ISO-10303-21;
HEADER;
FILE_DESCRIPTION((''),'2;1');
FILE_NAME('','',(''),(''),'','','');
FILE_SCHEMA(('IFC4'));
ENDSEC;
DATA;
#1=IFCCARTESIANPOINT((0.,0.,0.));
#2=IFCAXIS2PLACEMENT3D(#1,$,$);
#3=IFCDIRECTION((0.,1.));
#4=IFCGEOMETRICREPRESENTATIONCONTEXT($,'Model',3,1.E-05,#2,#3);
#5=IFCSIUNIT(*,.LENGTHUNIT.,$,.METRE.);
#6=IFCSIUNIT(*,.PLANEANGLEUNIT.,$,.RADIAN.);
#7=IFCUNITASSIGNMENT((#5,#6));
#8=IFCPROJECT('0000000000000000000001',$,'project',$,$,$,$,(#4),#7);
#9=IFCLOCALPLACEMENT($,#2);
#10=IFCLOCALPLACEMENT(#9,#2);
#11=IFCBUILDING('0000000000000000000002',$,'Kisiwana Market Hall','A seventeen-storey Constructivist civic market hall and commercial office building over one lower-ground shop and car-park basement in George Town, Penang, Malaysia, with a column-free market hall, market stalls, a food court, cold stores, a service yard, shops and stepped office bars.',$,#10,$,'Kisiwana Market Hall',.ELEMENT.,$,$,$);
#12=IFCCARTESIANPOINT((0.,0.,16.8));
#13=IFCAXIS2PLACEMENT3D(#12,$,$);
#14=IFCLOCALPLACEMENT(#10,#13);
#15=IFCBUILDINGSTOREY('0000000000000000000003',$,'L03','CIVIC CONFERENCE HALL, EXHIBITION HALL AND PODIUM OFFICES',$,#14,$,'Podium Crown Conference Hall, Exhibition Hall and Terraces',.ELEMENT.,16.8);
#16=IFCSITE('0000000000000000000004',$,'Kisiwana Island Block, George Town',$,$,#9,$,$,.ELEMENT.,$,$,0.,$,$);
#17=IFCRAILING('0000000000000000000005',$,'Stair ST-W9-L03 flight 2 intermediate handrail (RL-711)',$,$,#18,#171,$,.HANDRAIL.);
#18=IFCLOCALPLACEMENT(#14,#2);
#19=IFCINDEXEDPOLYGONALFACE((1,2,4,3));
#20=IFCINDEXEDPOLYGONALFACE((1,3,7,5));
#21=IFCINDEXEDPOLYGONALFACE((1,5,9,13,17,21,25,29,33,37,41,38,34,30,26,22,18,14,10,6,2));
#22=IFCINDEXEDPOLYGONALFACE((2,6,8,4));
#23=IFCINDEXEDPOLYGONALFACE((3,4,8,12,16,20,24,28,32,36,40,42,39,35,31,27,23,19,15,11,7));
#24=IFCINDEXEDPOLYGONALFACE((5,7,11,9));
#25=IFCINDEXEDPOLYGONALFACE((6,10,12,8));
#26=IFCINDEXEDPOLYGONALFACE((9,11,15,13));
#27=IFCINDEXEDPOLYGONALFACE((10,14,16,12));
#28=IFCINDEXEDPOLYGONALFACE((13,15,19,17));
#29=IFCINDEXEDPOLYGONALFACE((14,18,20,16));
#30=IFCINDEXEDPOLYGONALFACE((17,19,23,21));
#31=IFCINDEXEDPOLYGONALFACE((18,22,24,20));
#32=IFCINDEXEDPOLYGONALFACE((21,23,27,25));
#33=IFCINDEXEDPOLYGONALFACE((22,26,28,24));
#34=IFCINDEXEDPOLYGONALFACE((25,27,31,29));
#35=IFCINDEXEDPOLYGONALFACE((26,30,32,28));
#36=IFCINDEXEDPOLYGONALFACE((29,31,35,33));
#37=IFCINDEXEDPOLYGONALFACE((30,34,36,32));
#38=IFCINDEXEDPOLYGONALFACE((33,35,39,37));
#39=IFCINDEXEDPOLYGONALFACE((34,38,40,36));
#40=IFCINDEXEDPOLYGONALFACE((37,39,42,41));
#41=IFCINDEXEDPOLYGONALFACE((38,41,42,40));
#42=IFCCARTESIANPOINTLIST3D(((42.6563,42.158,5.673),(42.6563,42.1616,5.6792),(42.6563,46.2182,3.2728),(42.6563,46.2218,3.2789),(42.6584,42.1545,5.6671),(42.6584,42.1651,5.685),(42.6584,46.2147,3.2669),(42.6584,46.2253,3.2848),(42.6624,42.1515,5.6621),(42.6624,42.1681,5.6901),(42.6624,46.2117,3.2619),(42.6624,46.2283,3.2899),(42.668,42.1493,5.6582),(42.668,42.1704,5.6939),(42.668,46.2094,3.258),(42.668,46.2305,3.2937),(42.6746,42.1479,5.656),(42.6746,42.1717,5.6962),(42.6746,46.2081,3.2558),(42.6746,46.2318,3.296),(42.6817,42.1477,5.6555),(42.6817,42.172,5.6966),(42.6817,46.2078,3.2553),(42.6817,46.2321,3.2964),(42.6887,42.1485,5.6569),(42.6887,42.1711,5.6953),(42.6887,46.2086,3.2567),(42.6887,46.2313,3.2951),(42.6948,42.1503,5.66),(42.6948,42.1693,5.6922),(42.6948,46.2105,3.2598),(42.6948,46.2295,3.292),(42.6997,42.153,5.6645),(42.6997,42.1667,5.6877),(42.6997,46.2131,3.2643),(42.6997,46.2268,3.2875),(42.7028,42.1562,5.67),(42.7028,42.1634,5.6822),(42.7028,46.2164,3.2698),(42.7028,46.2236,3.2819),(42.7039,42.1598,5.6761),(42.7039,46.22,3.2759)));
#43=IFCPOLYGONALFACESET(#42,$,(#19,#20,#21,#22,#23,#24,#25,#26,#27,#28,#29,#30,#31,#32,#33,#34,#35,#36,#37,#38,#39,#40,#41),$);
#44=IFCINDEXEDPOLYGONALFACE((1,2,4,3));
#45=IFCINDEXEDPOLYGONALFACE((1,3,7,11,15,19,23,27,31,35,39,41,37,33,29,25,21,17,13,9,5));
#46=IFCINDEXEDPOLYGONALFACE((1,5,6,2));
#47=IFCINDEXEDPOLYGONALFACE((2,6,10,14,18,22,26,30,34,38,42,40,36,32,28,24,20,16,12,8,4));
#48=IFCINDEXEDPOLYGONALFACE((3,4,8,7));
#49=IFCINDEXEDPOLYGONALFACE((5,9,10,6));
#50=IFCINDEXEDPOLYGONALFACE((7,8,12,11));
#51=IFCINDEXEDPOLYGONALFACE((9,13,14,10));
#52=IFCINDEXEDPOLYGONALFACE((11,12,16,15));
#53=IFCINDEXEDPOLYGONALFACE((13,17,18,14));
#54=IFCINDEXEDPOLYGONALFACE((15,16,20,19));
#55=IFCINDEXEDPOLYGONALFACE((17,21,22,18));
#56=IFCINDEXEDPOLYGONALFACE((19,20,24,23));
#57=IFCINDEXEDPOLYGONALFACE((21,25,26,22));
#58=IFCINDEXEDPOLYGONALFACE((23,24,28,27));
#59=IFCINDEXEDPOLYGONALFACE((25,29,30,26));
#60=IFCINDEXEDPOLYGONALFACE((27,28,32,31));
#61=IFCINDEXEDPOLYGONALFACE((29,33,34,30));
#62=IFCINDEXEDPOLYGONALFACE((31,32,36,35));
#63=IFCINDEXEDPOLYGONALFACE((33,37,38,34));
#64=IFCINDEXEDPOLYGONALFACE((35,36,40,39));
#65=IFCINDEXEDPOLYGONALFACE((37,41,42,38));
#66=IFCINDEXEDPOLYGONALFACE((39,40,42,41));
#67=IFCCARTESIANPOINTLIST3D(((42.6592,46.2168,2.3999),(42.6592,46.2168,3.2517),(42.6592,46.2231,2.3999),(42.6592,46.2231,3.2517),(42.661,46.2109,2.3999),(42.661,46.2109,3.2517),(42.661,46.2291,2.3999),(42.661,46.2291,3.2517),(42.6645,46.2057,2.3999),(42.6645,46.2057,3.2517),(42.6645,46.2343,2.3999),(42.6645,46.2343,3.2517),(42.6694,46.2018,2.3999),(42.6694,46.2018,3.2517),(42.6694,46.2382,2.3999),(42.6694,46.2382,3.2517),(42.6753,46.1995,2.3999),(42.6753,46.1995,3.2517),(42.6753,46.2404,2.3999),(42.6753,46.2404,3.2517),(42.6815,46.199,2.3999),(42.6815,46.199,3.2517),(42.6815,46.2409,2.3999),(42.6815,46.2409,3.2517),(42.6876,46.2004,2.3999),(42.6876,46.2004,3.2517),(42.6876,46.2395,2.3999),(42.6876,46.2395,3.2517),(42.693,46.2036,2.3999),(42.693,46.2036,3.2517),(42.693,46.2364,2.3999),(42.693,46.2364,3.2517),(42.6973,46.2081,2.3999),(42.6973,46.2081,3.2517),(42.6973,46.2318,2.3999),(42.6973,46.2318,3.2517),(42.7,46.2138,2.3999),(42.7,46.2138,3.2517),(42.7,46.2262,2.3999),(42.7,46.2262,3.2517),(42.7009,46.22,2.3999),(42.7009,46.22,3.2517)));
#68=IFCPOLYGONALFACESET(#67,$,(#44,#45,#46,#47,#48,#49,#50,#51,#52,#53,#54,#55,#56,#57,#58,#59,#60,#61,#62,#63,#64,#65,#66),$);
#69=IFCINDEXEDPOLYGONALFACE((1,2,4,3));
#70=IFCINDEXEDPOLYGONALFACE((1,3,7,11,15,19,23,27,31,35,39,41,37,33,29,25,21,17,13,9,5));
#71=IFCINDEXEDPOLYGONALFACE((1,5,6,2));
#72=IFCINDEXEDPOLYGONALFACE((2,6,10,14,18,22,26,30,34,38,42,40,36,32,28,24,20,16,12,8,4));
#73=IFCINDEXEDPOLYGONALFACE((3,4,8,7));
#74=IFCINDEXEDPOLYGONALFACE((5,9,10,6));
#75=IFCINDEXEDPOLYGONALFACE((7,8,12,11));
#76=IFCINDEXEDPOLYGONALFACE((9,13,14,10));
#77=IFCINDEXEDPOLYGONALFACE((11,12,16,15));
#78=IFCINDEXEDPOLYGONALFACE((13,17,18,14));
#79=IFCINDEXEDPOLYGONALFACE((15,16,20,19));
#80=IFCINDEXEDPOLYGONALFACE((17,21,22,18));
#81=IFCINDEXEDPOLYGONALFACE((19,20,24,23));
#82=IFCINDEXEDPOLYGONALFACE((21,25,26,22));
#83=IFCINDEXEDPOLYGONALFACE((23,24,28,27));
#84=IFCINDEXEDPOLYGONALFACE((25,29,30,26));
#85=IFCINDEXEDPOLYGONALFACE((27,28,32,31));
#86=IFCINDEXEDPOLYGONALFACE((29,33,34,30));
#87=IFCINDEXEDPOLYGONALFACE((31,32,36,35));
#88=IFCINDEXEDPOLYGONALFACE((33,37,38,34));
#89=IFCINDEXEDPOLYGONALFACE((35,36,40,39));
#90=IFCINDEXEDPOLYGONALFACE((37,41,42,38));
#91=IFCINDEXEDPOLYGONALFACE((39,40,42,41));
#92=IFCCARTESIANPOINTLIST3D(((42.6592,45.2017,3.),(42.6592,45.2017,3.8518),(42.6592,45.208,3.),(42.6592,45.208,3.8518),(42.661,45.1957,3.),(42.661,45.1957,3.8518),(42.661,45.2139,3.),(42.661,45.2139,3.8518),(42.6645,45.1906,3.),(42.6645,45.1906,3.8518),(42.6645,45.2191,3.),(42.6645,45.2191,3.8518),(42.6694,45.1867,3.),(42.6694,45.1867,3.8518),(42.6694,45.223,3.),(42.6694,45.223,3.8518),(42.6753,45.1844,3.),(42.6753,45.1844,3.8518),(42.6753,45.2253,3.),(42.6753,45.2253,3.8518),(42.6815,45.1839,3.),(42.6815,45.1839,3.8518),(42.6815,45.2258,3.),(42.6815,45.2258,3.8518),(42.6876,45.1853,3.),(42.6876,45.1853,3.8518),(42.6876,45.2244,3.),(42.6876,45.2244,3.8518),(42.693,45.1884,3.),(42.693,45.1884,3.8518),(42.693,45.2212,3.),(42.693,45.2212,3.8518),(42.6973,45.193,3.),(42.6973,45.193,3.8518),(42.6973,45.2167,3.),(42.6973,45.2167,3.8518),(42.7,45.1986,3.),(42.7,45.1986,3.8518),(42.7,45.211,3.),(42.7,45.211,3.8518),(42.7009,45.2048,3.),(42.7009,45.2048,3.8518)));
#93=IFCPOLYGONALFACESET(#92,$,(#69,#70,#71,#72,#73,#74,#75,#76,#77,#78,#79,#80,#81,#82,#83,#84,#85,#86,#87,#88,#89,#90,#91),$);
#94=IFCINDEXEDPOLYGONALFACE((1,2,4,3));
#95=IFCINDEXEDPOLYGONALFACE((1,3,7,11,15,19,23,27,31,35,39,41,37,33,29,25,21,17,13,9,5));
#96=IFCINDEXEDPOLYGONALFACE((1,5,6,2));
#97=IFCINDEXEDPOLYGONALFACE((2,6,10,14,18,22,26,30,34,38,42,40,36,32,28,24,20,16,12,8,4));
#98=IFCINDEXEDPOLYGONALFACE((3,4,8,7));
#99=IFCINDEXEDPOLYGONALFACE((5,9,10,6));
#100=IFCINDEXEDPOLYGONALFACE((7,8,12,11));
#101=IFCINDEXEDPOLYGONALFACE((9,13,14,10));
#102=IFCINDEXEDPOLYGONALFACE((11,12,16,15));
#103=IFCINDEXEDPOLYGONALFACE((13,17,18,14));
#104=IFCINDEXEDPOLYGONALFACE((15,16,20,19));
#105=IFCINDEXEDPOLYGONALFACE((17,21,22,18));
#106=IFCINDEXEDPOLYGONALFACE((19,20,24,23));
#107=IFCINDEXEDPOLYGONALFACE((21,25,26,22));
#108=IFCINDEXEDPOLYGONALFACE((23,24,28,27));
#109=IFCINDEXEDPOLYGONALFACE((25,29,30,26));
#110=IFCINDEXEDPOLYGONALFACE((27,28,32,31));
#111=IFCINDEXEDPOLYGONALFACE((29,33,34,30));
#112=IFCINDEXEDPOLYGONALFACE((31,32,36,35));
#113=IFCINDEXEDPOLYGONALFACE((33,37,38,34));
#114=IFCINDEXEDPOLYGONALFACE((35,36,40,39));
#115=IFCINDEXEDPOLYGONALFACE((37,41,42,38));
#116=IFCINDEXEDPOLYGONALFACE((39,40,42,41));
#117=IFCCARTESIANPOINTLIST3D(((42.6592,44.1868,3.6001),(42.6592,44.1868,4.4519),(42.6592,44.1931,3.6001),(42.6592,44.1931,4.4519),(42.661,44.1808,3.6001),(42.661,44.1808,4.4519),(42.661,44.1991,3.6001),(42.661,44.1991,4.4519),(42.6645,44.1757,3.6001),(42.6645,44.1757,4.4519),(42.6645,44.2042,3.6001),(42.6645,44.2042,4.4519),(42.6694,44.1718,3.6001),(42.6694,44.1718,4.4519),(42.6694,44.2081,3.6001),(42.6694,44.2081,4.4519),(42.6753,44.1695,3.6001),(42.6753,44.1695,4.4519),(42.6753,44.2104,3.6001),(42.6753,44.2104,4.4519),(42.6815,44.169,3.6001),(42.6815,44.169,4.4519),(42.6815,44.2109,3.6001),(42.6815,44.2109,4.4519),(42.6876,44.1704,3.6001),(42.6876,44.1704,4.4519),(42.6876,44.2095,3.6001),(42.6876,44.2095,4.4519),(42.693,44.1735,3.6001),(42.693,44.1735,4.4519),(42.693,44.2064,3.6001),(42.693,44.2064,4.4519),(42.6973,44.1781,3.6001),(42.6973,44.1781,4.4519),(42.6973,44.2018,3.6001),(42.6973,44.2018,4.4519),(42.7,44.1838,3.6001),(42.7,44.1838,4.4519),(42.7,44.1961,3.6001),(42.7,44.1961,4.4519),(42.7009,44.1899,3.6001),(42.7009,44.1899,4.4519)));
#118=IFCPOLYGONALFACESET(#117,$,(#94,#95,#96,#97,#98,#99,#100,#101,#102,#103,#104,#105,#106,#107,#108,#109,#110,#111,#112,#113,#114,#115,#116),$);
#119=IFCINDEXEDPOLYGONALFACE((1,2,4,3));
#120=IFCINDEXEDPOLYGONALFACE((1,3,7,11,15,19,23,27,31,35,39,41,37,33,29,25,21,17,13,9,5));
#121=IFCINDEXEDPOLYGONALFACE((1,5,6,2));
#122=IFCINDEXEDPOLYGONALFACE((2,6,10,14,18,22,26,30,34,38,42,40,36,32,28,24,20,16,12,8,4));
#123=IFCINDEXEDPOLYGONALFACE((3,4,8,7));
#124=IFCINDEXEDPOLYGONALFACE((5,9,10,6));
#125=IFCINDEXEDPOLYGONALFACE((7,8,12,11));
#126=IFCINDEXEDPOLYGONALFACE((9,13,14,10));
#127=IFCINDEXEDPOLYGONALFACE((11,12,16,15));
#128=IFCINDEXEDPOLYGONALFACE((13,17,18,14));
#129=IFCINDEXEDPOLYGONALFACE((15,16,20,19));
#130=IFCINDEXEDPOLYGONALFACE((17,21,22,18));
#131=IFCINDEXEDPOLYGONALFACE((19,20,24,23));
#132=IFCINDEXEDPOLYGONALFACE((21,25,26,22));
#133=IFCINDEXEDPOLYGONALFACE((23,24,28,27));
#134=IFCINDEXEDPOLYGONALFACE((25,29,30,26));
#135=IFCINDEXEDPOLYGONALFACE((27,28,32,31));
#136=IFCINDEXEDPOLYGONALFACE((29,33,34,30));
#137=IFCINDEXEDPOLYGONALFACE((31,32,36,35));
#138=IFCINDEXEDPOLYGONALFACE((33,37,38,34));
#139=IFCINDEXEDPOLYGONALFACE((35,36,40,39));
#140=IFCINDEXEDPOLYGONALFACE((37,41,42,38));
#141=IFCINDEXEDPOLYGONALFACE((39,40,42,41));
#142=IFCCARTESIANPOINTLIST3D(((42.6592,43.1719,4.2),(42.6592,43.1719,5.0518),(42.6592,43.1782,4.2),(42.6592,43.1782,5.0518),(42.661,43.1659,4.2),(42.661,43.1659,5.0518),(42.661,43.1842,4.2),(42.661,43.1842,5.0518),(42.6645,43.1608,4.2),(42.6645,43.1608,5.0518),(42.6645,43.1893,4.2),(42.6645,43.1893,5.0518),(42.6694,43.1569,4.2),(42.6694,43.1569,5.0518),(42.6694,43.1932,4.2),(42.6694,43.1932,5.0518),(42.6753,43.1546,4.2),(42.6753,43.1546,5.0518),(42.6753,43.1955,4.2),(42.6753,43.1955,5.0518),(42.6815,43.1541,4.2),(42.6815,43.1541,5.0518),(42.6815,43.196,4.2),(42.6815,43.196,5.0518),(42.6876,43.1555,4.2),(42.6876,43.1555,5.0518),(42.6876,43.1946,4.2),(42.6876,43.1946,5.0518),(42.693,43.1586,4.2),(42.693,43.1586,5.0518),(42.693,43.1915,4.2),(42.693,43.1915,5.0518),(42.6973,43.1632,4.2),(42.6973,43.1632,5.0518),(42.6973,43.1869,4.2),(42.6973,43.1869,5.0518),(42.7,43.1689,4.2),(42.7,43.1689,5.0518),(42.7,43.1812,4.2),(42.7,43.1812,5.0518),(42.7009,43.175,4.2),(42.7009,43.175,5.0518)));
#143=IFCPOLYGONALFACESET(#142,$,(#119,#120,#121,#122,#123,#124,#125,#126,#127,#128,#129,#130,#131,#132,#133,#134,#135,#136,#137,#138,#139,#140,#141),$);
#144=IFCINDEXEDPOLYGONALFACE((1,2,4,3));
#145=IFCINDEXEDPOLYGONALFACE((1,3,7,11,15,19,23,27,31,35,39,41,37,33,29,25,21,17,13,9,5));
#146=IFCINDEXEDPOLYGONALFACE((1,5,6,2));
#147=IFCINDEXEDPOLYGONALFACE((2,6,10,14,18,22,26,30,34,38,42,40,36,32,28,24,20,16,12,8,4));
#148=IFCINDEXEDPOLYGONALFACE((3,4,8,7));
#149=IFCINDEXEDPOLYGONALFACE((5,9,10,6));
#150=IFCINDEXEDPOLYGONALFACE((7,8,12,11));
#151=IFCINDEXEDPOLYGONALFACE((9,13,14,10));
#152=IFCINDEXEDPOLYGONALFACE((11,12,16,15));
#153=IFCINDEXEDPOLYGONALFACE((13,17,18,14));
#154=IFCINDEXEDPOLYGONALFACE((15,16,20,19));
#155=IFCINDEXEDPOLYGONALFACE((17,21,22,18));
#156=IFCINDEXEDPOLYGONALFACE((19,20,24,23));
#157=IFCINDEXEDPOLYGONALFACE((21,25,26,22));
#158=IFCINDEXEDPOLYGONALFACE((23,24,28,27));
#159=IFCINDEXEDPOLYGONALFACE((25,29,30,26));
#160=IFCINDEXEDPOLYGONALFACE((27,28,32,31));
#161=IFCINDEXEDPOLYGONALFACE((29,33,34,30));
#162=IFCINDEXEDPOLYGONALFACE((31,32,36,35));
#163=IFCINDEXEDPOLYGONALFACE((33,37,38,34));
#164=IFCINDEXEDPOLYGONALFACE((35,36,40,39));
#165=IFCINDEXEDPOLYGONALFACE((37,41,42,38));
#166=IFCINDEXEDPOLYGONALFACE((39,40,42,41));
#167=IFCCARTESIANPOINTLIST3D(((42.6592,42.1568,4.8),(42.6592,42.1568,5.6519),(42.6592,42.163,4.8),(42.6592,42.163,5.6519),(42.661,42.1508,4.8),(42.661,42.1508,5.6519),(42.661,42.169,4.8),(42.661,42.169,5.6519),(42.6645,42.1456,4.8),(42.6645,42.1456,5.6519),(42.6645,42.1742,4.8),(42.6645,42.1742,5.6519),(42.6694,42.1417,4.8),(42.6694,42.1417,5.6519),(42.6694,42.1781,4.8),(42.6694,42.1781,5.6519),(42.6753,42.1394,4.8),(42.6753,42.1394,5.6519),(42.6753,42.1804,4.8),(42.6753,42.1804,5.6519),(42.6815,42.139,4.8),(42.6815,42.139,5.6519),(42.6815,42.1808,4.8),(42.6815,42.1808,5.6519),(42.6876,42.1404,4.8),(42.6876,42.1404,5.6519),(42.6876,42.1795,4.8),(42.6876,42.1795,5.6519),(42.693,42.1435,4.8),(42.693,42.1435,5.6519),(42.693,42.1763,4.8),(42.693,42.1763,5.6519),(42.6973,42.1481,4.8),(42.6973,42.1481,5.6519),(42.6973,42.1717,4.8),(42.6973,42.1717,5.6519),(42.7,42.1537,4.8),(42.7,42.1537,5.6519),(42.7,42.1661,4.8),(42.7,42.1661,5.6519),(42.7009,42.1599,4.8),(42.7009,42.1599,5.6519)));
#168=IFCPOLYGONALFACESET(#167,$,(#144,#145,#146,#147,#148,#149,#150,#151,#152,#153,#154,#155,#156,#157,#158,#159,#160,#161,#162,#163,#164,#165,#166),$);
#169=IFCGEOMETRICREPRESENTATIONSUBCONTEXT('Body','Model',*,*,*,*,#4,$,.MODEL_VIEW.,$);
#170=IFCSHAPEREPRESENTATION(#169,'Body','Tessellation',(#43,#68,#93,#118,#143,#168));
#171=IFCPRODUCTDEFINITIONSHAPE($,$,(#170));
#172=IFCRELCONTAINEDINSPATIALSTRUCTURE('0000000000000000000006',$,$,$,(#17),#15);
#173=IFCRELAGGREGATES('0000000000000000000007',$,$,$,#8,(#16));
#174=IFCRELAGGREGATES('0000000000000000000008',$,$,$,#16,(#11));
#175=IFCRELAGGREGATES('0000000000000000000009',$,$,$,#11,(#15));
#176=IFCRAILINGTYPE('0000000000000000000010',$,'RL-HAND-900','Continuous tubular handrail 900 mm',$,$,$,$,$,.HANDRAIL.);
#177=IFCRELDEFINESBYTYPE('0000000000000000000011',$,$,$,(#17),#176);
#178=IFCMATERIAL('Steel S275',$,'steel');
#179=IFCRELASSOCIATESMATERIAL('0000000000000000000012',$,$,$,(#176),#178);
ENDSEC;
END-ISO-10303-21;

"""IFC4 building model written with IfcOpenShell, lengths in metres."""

from ifc_helpers import new_model, si_unit, direction, frame, origin, origin_2d, place, context, subcontext, project, spatial, circle, extrude, material, type_object, element, save


model = new_model("IFC4")

# Units and contexts
model_context = context("Model", 3, precision=1e-05, world=origin(), true_north=direction((0.0, 1.0)))
body_context = subcontext(model_context, "Body", "Model", "MODEL_VIEW")
ifc_project = project(units=[si_unit("LENGTHUNIT", "METRE"), si_unit("PLANEANGLEUNIT", "RADIAN")], contexts=[model_context])

# Site, building, storey
site_placement = place(None, origin())
site = spatial("IfcSite", under=ifc_project, at=site_placement, Name="Kisiwana Island Block, George Town", CompositionType="ELEMENT", RefElevation=0.0)
building_placement = place(site_placement, origin())
building = spatial("IfcBuilding", under=site, at=building_placement, Name="Kisiwana Market Hall", Description="A seventeen-storey Constructivist civic market hall and commercial office building over one lower-ground shop and car-park basement in George Town, Penang, Malaysia, with a column-free market hall, market stalls, a food court, cold stores, a service yard, shops and stepped office bars.", LongName="Kisiwana Market Hall", CompositionType="ELEMENT")
storey_placement = place(building_placement, frame((0.0, 0.0, 16.8)))
storey = spatial("IfcBuildingStorey", under=building, at=storey_placement, Name="L03", Description="CIVIC CONFERENCE HALL, EXHIBITION HALL AND PODIUM OFFICES", LongName="Podium Crown Conference Hall, Exhibition Hall and Terraces", CompositionType="ELEMENT", Elevation=16.8)

# Railing
ifc_material_1 = material(Name="Steel S275", Category="steel")
railing_type_1 = type_object("IfcRailingType", Name="RL-HAND-900", Description="Continuous tubular handrail 900 mm", PredefinedType="HANDRAIL", material=ifc_material_1)
railing_1_placement = place(storey_placement, frame((42.6799, 46.22, 2.3999)))
element("IfcRailing", 1, at=railing_1_placement, inside=storey, type_object=railing_type_1, Name="Stair ST-W9-L03 flight 2 intermediate handrail (RL-711)", PredefinedType="HANDRAIL", context=body_context, shape_type="SweptSolid", body=[
    extrude(circle(Radius=0.0239, at=origin_2d()), frame((0.0, 0.0, 0.876), z_axis=(0.0, -0.860832, 0.50889), x_axis=(1.0, 0.0, 0.0)), (0.0, 0.0, 1.0), 4.7166),
    extrude(circle(Radius=0.021, at=origin_2d()), origin(), (0.0, 0.0, 1.0), 0.8518),
    extrude(circle(Radius=0.021, at=origin_2d()), frame((0.0, -1.0151, 0.6001)), (0.0, 0.0, 1.0), 0.8518),
    extrude(circle(Radius=0.021, at=origin_2d()), frame((0.0, -2.03, 1.2002)), (0.0, 0.0, 1.0), 0.8518),
    extrude(circle(Radius=0.021, at=origin_2d()), frame((0.0, -3.0449, 1.8)), (0.0, 0.0, 1.0), 0.8518),
    extrude(circle(Radius=0.021, at=origin_2d()), frame((0.0, -4.0601, 2.4001)), (0.0, 0.0, 1.0), 0.8518),
])

save(model, "model.ifc")
